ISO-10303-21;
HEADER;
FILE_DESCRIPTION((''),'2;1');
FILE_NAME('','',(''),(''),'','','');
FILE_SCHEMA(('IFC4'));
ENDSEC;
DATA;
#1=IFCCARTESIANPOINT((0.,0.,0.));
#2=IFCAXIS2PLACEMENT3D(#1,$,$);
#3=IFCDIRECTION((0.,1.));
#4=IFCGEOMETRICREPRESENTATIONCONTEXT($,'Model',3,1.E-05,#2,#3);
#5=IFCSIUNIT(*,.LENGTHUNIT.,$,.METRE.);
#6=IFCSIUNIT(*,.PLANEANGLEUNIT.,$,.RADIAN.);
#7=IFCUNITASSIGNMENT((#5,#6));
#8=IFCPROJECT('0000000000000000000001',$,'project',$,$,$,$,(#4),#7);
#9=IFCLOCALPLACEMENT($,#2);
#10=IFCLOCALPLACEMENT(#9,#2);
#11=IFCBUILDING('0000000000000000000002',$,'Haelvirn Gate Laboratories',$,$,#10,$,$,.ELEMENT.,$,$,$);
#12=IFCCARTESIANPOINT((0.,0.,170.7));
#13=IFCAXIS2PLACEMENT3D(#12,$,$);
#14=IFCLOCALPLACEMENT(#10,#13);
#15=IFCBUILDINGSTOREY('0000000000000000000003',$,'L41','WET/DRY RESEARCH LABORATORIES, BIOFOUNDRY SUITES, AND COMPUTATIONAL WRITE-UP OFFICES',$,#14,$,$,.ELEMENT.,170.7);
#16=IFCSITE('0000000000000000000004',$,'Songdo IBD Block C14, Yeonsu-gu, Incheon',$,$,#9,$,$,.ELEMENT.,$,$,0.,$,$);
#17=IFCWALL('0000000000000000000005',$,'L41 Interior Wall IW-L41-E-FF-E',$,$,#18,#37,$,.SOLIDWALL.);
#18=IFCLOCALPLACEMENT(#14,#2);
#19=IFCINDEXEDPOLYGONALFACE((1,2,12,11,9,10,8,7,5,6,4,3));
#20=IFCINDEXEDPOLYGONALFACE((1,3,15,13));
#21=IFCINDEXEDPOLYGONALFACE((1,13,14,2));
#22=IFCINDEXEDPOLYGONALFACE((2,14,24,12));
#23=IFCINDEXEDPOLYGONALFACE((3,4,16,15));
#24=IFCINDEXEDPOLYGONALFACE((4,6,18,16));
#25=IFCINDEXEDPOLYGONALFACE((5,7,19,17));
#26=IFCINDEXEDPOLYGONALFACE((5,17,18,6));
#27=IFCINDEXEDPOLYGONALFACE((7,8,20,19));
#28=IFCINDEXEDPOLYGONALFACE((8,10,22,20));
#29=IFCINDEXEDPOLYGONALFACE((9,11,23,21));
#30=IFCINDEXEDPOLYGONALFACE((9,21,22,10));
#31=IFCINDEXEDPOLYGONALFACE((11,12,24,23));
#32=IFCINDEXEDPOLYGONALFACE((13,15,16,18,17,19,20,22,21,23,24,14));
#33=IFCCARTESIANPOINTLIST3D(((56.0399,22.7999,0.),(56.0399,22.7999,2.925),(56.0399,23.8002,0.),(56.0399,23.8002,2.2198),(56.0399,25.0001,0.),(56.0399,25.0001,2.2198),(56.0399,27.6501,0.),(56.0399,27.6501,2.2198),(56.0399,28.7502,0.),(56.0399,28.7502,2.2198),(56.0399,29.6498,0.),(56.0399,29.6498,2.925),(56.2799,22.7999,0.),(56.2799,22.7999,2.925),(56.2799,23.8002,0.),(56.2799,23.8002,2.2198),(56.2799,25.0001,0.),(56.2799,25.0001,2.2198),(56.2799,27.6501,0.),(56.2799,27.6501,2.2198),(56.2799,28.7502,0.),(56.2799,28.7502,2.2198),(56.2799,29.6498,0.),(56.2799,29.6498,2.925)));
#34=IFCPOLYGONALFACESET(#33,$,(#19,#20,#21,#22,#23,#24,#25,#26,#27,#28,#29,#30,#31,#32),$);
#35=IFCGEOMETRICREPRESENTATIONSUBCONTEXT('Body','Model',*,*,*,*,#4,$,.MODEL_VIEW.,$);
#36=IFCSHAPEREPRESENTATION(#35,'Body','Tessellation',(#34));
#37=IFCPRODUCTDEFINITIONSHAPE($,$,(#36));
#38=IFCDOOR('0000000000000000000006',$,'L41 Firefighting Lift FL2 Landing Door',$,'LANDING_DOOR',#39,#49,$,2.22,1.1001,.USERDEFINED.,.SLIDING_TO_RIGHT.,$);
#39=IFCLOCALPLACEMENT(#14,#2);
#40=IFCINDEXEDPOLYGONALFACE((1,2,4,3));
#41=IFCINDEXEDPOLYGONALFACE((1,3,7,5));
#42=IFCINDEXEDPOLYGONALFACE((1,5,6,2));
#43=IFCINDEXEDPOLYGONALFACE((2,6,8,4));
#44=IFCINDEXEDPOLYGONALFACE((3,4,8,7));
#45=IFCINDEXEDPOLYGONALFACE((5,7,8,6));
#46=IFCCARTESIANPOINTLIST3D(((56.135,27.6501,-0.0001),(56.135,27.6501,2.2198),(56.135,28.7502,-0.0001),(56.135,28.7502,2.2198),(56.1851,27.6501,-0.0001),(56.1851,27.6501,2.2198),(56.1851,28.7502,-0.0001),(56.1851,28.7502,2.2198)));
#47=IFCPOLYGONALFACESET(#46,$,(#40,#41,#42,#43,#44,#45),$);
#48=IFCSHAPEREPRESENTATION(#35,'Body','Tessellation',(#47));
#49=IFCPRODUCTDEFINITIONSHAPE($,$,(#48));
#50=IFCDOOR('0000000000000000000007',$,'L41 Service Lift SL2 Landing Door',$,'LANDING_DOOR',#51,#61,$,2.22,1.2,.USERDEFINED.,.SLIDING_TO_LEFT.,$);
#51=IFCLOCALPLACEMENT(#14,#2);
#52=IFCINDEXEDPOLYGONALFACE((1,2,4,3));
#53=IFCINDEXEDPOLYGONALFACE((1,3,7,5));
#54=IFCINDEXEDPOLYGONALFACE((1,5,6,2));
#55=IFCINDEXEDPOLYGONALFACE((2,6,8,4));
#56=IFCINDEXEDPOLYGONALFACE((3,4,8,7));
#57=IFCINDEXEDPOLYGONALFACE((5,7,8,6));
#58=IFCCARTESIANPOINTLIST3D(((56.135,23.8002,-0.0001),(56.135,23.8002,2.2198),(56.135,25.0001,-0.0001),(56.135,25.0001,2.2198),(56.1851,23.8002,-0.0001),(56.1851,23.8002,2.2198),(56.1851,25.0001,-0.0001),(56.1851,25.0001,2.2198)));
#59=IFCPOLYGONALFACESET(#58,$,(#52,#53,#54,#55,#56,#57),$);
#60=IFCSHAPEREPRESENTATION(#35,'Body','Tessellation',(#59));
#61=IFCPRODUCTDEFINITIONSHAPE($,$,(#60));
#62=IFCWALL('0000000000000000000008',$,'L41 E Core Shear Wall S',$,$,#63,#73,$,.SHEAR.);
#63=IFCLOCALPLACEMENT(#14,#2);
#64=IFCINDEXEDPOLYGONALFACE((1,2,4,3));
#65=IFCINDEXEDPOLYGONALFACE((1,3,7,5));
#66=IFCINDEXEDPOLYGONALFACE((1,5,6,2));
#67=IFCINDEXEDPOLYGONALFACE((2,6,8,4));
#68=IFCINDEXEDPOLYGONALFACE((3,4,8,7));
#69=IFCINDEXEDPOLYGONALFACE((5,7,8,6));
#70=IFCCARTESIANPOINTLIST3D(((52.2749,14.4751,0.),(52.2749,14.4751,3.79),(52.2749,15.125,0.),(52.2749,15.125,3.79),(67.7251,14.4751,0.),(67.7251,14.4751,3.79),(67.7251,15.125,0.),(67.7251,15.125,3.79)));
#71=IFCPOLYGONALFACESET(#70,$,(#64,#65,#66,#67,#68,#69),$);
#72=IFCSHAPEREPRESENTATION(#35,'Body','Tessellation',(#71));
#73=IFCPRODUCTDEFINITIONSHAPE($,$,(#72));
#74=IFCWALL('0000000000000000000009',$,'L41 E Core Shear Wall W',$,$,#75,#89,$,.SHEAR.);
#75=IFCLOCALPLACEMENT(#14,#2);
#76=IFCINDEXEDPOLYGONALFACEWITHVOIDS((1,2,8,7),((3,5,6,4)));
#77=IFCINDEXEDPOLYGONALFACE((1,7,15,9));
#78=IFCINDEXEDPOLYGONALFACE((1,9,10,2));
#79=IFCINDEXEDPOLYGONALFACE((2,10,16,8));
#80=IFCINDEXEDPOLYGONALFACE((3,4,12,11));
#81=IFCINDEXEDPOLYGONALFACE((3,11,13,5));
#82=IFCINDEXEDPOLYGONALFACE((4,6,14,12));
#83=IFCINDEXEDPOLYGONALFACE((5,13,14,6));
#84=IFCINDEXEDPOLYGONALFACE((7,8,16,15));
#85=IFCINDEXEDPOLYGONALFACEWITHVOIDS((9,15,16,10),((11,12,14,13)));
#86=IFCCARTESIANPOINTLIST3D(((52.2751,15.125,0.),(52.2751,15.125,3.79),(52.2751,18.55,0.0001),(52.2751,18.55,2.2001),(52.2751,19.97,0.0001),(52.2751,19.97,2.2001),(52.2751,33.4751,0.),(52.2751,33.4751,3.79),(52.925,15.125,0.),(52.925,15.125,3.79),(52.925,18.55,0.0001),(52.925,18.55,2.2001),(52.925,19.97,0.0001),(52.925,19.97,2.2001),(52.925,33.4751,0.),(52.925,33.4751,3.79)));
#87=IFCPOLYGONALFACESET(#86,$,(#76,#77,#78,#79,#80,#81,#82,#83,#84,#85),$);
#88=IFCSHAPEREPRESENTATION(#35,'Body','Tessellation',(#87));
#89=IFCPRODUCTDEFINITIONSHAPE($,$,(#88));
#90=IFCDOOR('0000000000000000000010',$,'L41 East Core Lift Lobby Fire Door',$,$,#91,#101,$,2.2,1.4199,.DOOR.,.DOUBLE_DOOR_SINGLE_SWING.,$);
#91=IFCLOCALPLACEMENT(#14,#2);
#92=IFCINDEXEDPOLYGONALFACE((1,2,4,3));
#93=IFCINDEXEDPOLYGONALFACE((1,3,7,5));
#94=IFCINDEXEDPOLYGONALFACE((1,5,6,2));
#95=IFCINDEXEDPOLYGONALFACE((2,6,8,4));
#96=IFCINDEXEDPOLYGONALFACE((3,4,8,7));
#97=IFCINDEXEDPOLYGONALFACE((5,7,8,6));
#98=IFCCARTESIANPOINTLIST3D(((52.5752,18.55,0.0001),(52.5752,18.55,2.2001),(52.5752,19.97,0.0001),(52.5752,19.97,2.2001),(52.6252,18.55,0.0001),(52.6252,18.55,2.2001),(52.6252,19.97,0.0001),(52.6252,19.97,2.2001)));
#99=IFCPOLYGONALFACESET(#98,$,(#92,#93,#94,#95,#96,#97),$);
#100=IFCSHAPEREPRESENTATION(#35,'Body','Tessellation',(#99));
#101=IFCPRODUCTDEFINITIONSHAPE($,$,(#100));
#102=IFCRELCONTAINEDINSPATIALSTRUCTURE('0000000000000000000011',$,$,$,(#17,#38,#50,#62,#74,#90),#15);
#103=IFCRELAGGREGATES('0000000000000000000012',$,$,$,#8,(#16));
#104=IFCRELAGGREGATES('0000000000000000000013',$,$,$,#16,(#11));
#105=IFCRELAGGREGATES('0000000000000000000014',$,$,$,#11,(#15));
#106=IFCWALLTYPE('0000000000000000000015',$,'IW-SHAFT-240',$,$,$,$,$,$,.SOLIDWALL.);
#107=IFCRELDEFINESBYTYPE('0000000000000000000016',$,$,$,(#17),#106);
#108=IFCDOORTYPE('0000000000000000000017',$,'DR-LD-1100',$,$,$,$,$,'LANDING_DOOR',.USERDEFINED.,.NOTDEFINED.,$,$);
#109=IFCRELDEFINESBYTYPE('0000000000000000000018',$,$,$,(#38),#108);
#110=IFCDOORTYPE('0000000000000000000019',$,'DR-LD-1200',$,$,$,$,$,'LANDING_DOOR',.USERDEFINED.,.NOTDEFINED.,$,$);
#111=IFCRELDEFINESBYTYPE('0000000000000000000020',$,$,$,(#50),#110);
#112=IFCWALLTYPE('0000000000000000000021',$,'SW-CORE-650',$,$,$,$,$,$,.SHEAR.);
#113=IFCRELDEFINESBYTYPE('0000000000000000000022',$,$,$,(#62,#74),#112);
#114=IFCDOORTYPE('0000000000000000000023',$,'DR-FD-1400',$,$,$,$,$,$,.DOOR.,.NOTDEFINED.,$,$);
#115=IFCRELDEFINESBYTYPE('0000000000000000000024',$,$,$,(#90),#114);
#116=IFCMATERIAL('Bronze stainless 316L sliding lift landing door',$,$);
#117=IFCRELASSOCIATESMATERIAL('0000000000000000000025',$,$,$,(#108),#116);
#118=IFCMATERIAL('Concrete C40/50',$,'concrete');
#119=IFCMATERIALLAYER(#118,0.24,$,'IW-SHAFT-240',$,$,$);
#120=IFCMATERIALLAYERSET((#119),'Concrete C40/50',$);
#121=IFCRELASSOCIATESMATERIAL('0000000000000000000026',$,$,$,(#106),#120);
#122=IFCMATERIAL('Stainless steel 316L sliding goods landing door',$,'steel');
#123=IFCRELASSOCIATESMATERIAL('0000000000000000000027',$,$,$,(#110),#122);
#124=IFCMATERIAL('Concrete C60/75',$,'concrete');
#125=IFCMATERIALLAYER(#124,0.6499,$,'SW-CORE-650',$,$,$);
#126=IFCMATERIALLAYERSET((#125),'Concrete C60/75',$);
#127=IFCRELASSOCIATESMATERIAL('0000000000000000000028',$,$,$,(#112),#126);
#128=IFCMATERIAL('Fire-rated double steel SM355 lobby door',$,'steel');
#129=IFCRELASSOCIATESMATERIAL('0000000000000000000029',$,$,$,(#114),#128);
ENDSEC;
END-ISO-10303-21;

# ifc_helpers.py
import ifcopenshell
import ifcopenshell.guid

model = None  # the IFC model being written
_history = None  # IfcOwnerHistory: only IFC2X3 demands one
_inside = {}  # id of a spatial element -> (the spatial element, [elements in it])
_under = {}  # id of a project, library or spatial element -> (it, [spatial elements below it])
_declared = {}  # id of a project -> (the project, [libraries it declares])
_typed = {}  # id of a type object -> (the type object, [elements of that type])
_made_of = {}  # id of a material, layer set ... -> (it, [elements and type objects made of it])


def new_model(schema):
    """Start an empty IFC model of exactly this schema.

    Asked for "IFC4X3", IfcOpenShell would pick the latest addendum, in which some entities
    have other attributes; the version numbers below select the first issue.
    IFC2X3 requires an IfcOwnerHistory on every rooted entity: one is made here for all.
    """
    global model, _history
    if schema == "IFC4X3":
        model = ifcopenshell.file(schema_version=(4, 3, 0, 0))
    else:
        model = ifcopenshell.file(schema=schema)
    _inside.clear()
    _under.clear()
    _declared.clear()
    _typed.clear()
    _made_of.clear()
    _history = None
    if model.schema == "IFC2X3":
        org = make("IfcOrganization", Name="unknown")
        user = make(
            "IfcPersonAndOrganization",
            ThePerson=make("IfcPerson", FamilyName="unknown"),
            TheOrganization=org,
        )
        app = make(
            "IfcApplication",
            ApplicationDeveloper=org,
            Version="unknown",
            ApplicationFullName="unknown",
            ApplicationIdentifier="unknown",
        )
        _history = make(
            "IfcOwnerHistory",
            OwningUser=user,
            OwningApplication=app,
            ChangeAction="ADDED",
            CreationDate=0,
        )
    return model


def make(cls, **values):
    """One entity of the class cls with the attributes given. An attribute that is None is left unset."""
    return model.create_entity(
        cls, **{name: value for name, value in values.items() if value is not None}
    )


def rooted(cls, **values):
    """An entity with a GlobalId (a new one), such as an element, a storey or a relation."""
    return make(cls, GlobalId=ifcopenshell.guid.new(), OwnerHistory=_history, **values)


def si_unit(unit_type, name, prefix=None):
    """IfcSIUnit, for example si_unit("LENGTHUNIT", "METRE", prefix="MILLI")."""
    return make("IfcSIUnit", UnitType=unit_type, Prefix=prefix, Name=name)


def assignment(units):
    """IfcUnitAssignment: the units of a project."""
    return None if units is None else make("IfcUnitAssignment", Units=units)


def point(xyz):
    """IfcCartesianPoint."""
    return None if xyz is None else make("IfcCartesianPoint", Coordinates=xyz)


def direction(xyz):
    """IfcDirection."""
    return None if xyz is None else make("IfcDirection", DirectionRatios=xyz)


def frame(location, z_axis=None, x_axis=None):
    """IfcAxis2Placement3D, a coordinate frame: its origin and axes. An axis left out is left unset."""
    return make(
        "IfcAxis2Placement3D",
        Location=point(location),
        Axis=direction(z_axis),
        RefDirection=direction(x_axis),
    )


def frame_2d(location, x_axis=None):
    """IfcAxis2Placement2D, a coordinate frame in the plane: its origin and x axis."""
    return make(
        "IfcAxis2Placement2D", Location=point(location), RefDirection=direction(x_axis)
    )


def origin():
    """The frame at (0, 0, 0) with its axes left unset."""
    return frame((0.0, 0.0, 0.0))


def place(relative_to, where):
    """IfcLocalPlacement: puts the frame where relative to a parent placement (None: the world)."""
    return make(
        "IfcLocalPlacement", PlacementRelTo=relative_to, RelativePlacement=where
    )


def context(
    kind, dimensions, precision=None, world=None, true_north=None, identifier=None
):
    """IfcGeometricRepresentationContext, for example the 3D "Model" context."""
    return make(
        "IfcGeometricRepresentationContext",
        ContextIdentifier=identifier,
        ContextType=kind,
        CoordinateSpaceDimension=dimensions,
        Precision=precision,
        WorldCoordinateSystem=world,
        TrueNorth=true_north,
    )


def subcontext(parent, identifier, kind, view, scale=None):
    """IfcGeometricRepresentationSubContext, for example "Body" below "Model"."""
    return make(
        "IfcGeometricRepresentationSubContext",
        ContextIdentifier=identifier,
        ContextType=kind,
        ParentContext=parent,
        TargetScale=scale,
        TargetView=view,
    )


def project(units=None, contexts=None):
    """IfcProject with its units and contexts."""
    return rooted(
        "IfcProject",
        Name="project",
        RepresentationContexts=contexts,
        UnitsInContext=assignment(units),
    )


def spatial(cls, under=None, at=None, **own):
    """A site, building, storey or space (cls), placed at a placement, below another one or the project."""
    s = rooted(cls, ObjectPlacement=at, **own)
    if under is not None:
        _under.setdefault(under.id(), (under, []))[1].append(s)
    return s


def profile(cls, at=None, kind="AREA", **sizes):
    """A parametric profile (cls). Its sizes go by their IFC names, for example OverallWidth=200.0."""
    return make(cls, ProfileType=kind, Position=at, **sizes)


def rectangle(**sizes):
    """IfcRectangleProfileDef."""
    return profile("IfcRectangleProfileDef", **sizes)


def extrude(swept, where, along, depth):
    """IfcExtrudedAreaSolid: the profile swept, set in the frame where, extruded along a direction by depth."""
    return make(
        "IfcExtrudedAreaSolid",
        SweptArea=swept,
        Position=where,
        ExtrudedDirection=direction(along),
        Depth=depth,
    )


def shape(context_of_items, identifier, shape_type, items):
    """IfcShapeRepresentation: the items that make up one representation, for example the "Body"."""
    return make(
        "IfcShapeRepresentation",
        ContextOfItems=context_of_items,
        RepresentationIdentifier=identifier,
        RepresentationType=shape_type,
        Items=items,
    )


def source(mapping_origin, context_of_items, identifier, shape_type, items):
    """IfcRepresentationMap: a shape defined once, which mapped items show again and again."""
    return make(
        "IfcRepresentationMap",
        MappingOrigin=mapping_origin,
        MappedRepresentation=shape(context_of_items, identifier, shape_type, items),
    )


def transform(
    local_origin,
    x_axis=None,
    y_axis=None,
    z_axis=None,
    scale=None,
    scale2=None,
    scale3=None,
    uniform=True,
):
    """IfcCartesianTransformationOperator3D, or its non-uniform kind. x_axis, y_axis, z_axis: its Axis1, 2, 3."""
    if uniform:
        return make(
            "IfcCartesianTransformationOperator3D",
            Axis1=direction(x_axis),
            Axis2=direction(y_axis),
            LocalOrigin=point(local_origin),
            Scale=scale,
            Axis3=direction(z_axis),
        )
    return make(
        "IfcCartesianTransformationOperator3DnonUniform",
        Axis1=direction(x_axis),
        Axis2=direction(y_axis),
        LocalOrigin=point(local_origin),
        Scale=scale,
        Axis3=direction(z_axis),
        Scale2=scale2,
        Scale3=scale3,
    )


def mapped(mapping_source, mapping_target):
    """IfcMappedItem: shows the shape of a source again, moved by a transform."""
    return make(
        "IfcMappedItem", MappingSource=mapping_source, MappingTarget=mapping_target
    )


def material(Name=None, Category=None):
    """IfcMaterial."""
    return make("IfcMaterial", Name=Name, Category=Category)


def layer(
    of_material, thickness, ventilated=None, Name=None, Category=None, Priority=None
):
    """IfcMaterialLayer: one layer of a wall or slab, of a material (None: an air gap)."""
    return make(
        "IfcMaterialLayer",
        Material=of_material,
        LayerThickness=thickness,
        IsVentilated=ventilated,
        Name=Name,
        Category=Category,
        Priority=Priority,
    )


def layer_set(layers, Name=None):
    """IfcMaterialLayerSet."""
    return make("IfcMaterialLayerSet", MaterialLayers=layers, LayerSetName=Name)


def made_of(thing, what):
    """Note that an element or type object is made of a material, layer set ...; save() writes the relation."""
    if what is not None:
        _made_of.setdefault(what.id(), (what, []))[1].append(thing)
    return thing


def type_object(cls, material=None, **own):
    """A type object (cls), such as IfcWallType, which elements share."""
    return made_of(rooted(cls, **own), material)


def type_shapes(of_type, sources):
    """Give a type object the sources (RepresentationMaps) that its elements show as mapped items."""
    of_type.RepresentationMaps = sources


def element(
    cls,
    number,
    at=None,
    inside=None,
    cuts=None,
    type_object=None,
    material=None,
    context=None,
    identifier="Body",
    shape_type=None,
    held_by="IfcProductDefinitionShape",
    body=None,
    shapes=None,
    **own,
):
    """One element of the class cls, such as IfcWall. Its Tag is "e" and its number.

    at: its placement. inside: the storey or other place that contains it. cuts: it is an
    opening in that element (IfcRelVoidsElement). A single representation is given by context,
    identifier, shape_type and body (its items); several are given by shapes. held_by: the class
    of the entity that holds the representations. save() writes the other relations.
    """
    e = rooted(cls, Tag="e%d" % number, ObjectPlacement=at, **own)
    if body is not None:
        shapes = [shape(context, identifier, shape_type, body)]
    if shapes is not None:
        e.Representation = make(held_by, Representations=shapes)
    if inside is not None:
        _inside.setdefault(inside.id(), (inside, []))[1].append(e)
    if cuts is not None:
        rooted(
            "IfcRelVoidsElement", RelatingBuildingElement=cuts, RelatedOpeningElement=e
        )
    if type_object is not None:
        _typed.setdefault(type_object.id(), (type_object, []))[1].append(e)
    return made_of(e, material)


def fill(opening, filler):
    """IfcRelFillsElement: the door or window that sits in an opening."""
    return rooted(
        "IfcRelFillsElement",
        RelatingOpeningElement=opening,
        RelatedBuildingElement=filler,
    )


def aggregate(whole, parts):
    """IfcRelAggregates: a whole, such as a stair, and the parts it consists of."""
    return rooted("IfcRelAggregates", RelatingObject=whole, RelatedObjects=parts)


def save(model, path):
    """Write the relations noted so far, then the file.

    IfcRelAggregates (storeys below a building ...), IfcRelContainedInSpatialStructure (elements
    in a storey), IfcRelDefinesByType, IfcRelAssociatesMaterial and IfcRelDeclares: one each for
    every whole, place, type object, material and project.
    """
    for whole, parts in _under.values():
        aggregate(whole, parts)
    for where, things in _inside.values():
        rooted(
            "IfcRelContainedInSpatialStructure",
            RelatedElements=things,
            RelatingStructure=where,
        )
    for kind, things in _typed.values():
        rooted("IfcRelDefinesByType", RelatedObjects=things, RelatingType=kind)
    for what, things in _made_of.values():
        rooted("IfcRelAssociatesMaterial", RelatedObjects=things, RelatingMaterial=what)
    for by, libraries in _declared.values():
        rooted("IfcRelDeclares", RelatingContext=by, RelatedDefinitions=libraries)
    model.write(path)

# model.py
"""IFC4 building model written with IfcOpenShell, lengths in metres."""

from ifc_helpers import new_model, si_unit, direction, frame, frame_2d, origin, place, context, subcontext, project, spatial, rectangle, extrude, source, transform, mapped, material, layer, layer_set, type_object, type_shapes, element, fill, save


model = new_model("IFC4")

# Units and contexts
model_context = context("Model", 3, precision=1e-05, world=origin(), true_north=direction((0.0, 1.0)))
body_context = subcontext(model_context, "Body", "Model", "MODEL_VIEW")
ifc_project = project(units=[si_unit("LENGTHUNIT", "METRE"), si_unit("PLANEANGLEUNIT", "RADIAN")], contexts=[model_context])

# Site, building, storey
site_placement = place(None, origin())
site = spatial("IfcSite", under=ifc_project, at=site_placement, Name="Songdo IBD Block C14, Yeonsu-gu, Incheon", CompositionType="ELEMENT", RefElevation=0.0)
building_placement = place(site_placement, origin())
building = spatial("IfcBuilding", under=site, at=building_placement, Name="Haelvirn Gate Laboratories", CompositionType="ELEMENT")
storey_placement = place(building_placement, frame((0.0, 0.0, 170.7)))
storey = spatial("IfcBuildingStorey", under=building, at=storey_placement, Name="L41", Description="WET/DRY RESEARCH LABORATORIES, BIOFOUNDRY SUITES, AND COMPUTATIONAL WRITE-UP OFFICES", CompositionType="ELEMENT", Elevation=170.7)

# Shared definitions
ifc_material_1 = material(Name="Concrete C60/75", Category="concrete")

# Shared definitions
ifc_material_2 = material(Name="Concrete C40/50", Category="concrete")

# Shared definitions
ifc_material_3 = material(Name="Bronze stainless 316L sliding lift landing door")
door_type_1 = type_object("IfcDoorType", Name="DR-LD-1100", ElementType="LANDING_DOOR", OperationType="NOTDEFINED", PredefinedType="USERDEFINED", material=ifc_material_3)
shared_shape_1 = source(origin(), body_context, "Body", "SweptSolid", [
    extrude(rectangle(XDim=1.1001, YDim=2.22, at=frame_2d((0.55, 1.1099))), frame((0.0, 0.0249, 0.0), z_axis=(0.0, -1.0, 0.0), x_axis=(1.0, 0.0, 0.0)), (0.0, 0.0, 1.0), 0.05),
])
type_shapes(door_type_1, [shared_shape_1])

# Wall, openings, doors
ifc_layer_1 = layer(ifc_material_2, 0.24, Name="IW-SHAFT-240")
ifc_layer_set_1 = layer_set([ifc_layer_1], Name="Concrete C40/50")
wall_type_1 = type_object("IfcWallType", Name="IW-SHAFT-240", PredefinedType="SOLIDWALL", material=ifc_layer_set_1)
wall_1_placement = place(storey_placement, frame((56.1599, 22.8, 0.0), z_axis=(0.0, 0.0, 1.0), x_axis=(0.0, 1.0, 0.0)))
wall_1 = element("IfcWall", 1, at=wall_1_placement, inside=storey, type_object=wall_type_1, Name="L41 Interior Wall IW-L41-E-FF-E", PredefinedType="SOLIDWALL", context=body_context, shape_type="SweptSolid", body=[
    extrude(rectangle(XDim=6.8499, YDim=0.24, at=frame_2d((3.4248, 0.0))), origin(), (0.0, 0.0, 1.0), 2.925),
])
opening_1_placement = place(wall_1_placement, frame((4.8501, 0.0, 0.0)))
opening_1 = element("IfcOpeningElement", 2, at=opening_1_placement, cuts=wall_1, PredefinedType="OPENING", context=body_context, shape_type="SweptSolid", body=[
    extrude(rectangle(XDim=1.1001, YDim=2.22, at=frame_2d((0.55, 1.1099))), frame((0.0, 0.1299, 0.0), z_axis=(0.0, -1.0, 0.0), x_axis=(1.0, 0.0, 0.0)), (0.0, 0.0, 1.0), 0.26),
])
opening_2_placement = place(wall_1_placement, frame((1.0, 0.0, 0.0)))
opening_2 = element("IfcOpeningElement", 3, at=opening_2_placement, cuts=wall_1, PredefinedType="OPENING", context=body_context, shape_type="SweptSolid", body=[
    extrude(rectangle(XDim=1.2, YDim=2.22, at=frame_2d((0.6001, 1.1099))), frame((0.0, 0.1299, 0.0), z_axis=(0.0, -1.0, 0.0), x_axis=(1.0, 0.0, 0.0)), (0.0, 0.0, 1.0), 0.26),
])
door_1_placement = place(opening_1_placement, origin())
door_1 = element("IfcDoor", 4, at=door_1_placement, inside=storey, type_object=door_type_1, Name="L41 Firefighting Lift FL2 Landing Door", ObjectType="LANDING_DOOR", OperationType="SLIDING_TO_RIGHT", OverallHeight=2.22, OverallWidth=1.1001, PredefinedType="USERDEFINED", context=body_context, shape_type="MappedRepresentation", body=[
    mapped(shared_shape_1, transform((0.0, 0.0, 0.0), scale=1.0)),
])
fill(opening_1, door_1)
ifc_material_4 = material(Name="Stainless steel 316L sliding goods landing door", Category="steel")
door_type_2 = type_object("IfcDoorType", Name="DR-LD-1200", ElementType="LANDING_DOOR", OperationType="NOTDEFINED", PredefinedType="USERDEFINED", material=ifc_material_4)
shared_shape_2 = source(origin(), body_context, "Body", "SweptSolid", [
    extrude(rectangle(XDim=1.2, YDim=2.22, at=frame_2d((0.6001, 1.1099))), frame((0.0, 0.0249, 0.0), z_axis=(0.0, -1.0, 0.0), x_axis=(1.0, 0.0, 0.0)), (0.0, 0.0, 1.0), 0.05),
])
type_shapes(door_type_2, [shared_shape_2])
door_2_placement = place(opening_2_placement, origin())
door_2 = element("IfcDoor", 5, at=door_2_placement, inside=storey, type_object=door_type_2, Name="L41 Service Lift SL2 Landing Door", ObjectType="LANDING_DOOR", OperationType="SLIDING_TO_LEFT", OverallHeight=2.22, OverallWidth=1.2, PredefinedType="USERDEFINED", context=body_context, shape_type="MappedRepresentation", body=[
    mapped(shared_shape_2, transform((0.0, 0.0, 0.0), scale=1.0)),
])
fill(opening_2, door_2)

# Wall
ifc_layer_2 = layer(ifc_material_1, 0.6499, Name="SW-CORE-650")
ifc_layer_set_2 = layer_set([ifc_layer_2], Name="Concrete C60/75")
wall_type_2 = type_object("IfcWallType", Name="SW-CORE-650", PredefinedType="SHEAR", material=ifc_layer_set_2)
wall_2_placement = place(storey_placement, frame((52.2749, 14.8, 0.0), z_axis=(0.0, 0.0, 1.0), x_axis=(1.0, 0.0, 0.0)))
element("IfcWall", 6, at=wall_2_placement, inside=storey, type_object=wall_type_2, Name="L41 E Core Shear Wall S", PredefinedType="SHEAR", context=body_context, shape_type="SweptSolid", body=[
    extrude(rectangle(XDim=15.4502, YDim=0.6499, at=frame_2d((7.7251, 0.0))), origin(), (0.0, 0.0, 1.0), 3.79),
])

# Wall, opening, door
wall_3_placement = place(storey_placement, frame((52.6001, 15.125, 0.0), z_axis=(0.0, 0.0, 1.0), x_axis=(0.0, 1.0, 0.0)))
wall_3 = element("IfcWall", 7, at=wall_3_placement, inside=storey, type_object=wall_type_2, Name="L41 E Core Shear Wall W", PredefinedType="SHEAR", context=body_context, shape_type="SweptSolid", body=[
    extrude(rectangle(XDim=18.3501, YDim=0.6499, at=frame_2d((9.175, 0.0))), origin(), (0.0, 0.0, 1.0), 3.79),
])
opening_3_placement = place(wall_3_placement, frame((3.425, 0.0, 0.0)))
opening_3 = element("IfcOpeningElement", 8, at=opening_3_placement, cuts=wall_3, PredefinedType="OPENING", context=body_context, shape_type="SweptSolid", body=[
    extrude(rectangle(XDim=1.4199, YDim=2.2, at=frame_2d((0.71, 1.1001))), frame((0.0, 0.335, 0.0), z_axis=(0.0, -1.0, 0.0), x_axis=(1.0, 0.0, 0.0)), (0.0, 0.0, 1.0), 0.6699),
])
ifc_material_5 = material(Name="Fire-rated double steel SM355 lobby door", Category="steel")
door_type_3 = type_object("IfcDoorType", Name="DR-FD-1400", OperationType="NOTDEFINED", PredefinedType="DOOR", material=ifc_material_5)
shared_shape_3 = source(origin(), body_context, "Body", "SweptSolid", [
    extrude(rectangle(XDim=1.4199, YDim=2.2, at=frame_2d((0.71, 1.1001))), frame((0.0, 0.0249, 0.0), z_axis=(0.0, -1.0, 0.0), x_axis=(1.0, 0.0, 0.0)), (0.0, 0.0, 1.0), 0.05),
])
type_shapes(door_type_3, [shared_shape_3])
door_3_placement = place(opening_3_placement, origin())
door_3 = element("IfcDoor", 9, at=door_3_placement, inside=storey, type_object=door_type_3, Name="L41 East Core Lift Lobby Fire Door", OperationType="DOUBLE_DOOR_SINGLE_SWING", OverallHeight=2.2, OverallWidth=1.4199, PredefinedType="DOOR", context=body_context, shape_type="MappedRepresentation", body=[
    mapped(shared_shape_3, transform((0.0, 0.0, 0.0), scale=1.0)),
])
fill(opening_3, door_3)

save(model, "model.ifc")
